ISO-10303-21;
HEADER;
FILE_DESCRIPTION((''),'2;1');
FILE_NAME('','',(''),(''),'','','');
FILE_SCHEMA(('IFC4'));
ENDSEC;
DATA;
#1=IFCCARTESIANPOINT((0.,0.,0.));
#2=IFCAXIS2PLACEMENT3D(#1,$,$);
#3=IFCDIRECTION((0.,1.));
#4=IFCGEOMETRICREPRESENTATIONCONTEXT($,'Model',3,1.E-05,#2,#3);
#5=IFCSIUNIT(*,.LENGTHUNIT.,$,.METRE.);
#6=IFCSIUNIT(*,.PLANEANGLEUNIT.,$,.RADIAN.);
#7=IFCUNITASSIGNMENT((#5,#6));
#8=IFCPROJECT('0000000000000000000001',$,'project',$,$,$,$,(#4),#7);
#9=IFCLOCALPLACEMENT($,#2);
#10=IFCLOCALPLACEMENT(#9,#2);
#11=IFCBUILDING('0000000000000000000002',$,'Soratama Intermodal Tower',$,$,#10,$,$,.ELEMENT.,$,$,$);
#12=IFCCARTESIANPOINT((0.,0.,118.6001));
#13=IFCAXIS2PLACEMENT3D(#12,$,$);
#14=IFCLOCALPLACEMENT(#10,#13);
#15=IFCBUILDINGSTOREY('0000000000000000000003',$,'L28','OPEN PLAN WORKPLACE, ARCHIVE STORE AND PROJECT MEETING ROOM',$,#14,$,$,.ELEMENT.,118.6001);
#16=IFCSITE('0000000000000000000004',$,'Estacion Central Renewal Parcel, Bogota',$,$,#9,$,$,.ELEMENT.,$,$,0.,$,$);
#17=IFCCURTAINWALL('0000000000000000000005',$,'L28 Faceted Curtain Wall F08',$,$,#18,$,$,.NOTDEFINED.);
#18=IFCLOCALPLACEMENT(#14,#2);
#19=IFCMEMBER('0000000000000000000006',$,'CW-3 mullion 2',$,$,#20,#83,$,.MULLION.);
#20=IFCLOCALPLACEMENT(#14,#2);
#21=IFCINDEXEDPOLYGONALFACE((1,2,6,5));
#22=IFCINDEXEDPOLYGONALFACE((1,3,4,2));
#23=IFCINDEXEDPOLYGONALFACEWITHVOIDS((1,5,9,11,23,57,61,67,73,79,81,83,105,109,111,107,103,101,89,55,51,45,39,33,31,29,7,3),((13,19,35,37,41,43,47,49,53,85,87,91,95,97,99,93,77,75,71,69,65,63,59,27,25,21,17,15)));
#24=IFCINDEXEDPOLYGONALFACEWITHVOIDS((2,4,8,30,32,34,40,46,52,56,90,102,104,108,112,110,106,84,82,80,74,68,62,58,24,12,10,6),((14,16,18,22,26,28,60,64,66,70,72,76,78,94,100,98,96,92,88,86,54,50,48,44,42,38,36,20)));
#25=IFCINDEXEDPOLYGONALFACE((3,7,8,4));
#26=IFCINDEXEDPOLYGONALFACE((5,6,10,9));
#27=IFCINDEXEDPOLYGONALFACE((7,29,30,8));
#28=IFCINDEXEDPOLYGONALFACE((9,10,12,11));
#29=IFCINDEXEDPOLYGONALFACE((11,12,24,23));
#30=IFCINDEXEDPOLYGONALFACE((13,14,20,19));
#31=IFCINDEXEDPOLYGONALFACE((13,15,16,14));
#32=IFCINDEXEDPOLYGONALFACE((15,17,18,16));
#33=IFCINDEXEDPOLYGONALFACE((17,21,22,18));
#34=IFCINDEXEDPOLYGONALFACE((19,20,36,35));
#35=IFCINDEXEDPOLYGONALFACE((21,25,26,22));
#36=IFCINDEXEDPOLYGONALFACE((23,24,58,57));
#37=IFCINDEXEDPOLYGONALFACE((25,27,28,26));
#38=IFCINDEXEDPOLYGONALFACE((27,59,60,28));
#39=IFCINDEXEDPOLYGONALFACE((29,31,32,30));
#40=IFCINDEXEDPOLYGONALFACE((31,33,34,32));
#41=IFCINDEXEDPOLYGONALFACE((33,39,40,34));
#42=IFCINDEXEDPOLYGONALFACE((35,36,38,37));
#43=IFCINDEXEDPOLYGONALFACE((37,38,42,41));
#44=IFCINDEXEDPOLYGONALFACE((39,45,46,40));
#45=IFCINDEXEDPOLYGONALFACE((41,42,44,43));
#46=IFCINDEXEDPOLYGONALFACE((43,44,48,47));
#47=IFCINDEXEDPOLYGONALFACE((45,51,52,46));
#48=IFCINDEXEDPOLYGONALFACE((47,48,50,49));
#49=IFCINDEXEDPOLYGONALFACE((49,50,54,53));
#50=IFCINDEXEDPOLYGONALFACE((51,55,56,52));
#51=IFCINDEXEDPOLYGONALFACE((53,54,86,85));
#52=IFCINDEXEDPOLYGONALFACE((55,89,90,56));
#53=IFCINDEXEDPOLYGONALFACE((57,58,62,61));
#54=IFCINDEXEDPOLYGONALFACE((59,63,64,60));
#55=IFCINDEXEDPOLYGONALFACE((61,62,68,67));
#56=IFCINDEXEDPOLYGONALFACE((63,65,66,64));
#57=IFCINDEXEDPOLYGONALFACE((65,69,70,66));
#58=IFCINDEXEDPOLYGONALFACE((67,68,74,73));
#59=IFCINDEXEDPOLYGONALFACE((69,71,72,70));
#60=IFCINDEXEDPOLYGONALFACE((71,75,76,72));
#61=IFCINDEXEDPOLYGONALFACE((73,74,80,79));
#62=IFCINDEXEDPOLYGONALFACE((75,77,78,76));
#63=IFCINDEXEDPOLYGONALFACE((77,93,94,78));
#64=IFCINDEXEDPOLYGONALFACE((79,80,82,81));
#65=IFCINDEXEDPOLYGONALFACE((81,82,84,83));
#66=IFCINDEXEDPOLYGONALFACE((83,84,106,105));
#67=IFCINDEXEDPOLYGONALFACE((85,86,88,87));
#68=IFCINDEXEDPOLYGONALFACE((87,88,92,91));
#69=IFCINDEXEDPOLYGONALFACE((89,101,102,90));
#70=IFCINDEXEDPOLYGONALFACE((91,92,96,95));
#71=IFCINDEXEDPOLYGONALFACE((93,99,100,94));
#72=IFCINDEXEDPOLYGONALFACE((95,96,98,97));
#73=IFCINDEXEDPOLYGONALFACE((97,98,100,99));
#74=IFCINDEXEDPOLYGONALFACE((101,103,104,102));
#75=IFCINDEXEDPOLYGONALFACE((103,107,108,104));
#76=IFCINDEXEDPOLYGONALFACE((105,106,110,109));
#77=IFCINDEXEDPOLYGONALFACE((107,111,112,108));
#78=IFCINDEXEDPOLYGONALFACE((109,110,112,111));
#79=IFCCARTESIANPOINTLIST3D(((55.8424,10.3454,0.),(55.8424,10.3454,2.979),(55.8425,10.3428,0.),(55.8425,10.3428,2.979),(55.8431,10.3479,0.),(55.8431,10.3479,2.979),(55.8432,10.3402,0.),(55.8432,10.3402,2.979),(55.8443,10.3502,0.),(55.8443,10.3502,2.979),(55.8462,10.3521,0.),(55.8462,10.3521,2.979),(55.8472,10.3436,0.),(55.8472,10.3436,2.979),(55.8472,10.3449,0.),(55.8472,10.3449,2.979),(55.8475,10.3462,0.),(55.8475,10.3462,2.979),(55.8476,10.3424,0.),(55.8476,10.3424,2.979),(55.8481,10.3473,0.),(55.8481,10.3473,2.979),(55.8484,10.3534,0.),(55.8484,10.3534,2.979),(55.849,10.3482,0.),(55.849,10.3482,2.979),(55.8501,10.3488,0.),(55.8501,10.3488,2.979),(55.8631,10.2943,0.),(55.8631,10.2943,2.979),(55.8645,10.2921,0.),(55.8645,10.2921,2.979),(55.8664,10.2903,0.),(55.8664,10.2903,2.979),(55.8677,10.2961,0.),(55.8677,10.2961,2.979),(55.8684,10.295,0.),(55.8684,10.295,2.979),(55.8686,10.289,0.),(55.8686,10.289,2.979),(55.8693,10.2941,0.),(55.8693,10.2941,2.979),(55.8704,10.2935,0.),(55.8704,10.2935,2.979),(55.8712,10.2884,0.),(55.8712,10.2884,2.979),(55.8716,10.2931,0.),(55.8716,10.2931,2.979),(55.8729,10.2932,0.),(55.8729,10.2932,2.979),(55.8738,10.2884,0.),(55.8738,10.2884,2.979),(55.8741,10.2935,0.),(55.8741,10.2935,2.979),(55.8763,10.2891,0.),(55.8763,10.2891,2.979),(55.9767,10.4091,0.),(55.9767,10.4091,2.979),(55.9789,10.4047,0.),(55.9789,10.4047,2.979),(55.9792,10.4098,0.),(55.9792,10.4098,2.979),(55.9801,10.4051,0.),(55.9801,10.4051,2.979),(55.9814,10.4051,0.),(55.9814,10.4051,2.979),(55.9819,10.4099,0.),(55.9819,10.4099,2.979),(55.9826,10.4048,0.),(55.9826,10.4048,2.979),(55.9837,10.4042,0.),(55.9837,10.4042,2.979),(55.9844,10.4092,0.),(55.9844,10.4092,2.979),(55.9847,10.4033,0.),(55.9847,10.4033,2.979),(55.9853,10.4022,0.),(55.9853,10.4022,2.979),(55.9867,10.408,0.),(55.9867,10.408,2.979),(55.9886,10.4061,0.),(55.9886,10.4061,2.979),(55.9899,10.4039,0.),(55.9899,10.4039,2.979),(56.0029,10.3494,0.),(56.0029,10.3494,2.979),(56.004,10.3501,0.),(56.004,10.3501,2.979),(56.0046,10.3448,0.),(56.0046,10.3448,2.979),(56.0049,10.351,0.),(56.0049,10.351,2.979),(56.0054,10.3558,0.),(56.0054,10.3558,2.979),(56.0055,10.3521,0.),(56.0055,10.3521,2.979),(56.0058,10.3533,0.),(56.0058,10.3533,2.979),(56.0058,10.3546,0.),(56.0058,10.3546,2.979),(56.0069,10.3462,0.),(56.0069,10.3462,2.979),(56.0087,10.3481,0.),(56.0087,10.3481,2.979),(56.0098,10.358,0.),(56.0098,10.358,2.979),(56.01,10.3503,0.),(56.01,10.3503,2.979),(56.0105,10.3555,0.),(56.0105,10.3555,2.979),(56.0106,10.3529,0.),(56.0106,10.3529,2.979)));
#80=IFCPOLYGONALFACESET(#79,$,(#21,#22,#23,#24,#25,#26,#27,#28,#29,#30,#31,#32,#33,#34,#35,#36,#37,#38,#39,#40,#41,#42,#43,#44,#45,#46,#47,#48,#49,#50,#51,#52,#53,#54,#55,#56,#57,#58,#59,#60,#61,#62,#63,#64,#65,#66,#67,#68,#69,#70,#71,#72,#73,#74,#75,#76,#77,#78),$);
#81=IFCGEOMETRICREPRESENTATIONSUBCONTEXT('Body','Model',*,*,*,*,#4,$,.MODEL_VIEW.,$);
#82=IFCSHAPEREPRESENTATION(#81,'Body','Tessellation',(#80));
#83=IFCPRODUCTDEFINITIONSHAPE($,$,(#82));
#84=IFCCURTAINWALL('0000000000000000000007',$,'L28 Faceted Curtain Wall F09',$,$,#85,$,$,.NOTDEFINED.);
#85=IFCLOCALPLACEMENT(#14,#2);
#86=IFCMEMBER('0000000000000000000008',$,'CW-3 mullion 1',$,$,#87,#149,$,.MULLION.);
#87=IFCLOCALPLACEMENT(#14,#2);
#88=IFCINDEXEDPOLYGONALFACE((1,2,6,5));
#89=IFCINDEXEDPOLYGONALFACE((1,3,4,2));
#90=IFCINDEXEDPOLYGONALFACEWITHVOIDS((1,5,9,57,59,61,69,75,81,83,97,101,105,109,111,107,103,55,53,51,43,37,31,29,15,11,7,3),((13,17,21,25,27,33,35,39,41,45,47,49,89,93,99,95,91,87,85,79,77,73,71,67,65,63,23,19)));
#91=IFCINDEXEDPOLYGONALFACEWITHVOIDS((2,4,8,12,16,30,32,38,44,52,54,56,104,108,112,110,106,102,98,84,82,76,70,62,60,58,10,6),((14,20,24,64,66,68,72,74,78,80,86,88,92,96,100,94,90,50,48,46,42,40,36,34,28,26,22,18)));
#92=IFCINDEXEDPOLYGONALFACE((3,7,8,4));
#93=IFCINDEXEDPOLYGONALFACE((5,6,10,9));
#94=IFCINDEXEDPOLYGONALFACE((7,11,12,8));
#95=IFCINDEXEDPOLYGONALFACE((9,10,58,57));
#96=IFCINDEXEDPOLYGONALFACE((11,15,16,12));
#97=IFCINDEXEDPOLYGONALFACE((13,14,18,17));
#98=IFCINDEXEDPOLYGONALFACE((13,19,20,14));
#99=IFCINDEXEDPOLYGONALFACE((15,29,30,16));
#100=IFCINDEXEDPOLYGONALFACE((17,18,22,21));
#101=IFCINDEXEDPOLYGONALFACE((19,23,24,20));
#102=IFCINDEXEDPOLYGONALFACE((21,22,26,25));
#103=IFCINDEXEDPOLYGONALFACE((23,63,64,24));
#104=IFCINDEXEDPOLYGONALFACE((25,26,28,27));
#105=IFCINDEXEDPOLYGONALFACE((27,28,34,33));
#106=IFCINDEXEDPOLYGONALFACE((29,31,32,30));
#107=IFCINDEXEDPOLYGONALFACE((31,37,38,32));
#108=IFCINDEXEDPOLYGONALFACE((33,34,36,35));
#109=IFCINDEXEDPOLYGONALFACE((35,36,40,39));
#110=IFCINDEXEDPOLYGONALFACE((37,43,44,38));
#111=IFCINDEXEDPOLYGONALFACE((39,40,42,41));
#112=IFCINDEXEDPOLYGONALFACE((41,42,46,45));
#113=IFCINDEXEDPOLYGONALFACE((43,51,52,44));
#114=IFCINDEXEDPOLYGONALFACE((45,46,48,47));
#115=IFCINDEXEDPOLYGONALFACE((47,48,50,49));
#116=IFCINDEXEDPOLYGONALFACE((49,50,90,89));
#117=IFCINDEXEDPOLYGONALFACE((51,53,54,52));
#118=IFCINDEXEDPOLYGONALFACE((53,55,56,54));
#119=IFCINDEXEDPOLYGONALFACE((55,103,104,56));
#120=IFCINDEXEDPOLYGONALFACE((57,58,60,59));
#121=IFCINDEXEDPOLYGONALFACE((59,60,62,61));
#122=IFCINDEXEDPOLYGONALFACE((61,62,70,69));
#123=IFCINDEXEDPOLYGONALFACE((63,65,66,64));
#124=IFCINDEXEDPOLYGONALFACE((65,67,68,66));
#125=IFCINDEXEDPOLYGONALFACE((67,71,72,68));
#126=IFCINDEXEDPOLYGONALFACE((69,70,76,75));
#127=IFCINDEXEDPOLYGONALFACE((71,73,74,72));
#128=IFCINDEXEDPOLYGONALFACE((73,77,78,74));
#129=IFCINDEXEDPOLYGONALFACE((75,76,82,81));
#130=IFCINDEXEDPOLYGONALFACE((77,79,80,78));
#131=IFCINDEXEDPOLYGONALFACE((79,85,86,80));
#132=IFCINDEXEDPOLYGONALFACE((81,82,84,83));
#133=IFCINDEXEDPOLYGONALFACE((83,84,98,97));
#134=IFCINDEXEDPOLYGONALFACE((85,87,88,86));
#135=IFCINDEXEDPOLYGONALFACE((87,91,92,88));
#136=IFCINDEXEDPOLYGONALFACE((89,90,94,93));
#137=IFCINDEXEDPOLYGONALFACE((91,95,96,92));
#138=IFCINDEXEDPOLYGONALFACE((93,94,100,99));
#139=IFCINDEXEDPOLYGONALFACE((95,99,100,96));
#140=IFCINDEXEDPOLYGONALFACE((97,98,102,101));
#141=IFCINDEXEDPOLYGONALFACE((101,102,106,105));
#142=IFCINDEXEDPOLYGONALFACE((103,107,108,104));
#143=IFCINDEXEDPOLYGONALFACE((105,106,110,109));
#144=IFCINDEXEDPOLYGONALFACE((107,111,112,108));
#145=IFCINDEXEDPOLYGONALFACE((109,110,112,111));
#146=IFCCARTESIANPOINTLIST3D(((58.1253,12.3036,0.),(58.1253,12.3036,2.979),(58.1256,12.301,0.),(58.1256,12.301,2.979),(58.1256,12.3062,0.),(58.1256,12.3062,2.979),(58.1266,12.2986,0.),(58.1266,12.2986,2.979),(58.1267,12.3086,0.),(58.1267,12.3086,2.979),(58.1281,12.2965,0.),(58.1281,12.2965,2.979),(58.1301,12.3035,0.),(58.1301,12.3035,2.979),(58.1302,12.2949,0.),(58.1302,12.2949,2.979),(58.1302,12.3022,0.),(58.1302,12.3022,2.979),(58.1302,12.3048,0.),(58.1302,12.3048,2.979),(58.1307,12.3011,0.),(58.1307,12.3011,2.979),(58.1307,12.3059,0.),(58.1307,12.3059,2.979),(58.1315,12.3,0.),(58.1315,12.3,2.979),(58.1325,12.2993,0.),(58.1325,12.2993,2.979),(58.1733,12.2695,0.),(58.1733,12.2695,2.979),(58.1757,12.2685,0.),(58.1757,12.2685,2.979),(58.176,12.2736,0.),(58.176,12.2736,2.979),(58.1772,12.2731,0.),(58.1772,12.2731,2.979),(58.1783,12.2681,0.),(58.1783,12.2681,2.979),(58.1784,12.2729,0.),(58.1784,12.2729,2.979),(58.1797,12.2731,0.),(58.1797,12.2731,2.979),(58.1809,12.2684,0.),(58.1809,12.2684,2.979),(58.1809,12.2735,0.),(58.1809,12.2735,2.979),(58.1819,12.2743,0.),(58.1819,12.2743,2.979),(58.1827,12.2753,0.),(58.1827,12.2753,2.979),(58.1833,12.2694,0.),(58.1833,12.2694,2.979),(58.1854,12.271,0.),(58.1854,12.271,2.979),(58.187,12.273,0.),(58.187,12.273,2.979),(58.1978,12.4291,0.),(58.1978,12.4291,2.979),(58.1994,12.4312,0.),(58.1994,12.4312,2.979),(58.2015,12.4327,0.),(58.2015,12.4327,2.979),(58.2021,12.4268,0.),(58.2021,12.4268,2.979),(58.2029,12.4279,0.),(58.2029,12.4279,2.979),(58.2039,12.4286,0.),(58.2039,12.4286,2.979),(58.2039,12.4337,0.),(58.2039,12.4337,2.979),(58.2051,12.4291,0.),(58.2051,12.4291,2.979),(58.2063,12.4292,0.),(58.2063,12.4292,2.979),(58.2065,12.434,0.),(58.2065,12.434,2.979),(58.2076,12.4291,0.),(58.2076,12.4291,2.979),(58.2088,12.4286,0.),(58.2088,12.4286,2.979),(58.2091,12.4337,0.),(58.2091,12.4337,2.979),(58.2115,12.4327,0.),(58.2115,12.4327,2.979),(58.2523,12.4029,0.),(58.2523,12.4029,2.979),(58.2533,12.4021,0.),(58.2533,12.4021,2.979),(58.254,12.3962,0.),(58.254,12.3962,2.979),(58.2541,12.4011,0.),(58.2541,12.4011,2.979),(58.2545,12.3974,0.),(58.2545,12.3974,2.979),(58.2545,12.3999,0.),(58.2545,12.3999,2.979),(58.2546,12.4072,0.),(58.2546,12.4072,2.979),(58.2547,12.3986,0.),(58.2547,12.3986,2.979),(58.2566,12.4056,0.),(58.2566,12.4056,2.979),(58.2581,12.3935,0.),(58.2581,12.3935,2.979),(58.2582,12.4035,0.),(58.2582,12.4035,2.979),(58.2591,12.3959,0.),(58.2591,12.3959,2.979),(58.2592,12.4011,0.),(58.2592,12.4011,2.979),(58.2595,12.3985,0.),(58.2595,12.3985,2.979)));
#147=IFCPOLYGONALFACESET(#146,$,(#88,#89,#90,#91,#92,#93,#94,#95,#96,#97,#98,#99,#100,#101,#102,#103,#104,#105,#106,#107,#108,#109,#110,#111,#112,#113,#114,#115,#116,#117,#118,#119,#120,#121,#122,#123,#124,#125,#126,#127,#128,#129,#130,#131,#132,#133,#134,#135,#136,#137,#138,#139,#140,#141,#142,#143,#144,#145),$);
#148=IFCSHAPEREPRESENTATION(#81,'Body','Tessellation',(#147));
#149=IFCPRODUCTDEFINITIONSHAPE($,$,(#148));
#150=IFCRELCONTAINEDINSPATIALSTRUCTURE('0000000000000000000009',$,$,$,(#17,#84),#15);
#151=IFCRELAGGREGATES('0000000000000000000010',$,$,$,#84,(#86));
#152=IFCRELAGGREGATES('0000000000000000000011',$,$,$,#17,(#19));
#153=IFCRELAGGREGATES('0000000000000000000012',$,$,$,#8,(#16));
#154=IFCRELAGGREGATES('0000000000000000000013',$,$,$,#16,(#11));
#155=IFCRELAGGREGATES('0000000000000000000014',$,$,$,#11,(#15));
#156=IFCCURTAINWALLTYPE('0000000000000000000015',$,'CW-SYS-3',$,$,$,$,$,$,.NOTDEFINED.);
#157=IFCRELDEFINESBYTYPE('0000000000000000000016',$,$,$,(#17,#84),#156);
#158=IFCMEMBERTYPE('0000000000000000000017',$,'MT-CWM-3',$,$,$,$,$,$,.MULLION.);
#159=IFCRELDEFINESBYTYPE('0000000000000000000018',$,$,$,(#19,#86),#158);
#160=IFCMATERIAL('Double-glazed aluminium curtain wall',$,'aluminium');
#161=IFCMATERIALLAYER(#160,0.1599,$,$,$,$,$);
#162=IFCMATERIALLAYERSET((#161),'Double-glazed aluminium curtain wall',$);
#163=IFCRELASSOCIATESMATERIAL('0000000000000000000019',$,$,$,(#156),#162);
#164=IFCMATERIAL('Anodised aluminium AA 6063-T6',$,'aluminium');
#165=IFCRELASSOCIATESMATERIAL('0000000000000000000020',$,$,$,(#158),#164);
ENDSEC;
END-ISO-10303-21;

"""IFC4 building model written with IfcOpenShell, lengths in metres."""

from ifc_helpers import new_model, si_unit, direction, frame, origin, origin_2d, place, context, subcontext, project, spatial, hollow_rectangle, extrude, material, layer, layer_set, material_profile, profile_set, type_object, element, aggregate, save


model = new_model("IFC4")

# Units and contexts
model_context = context("Model", 3, precision=1e-05, world=origin(), true_north=direction((0.0, 1.0)))
body_context = subcontext(model_context, "Body", "Model", "MODEL_VIEW")
ifc_project = project(units=[si_unit("LENGTHUNIT", "METRE"), si_unit("PLANEANGLEUNIT", "RADIAN")], contexts=[model_context])

# Site, building, storey
site_placement = place(None, origin())
site = spatial("IfcSite", under=ifc_project, at=site_placement, Name="Estacion Central Renewal Parcel, Bogota", CompositionType="ELEMENT", RefElevation=0.0)
building_placement = place(site_placement, origin())
building = spatial("IfcBuilding", under=site, at=building_placement, Name="Soratama Intermodal Tower", CompositionType="ELEMENT")
storey_placement = place(building_placement, frame((0.0, 0.0, 118.6001)))
storey = spatial("IfcBuildingStorey", under=building, at=storey_placement, Name="L28", Description="OPEN PLAN WORKPLACE, ARCHIVE STORE AND PROJECT MEETING ROOM", CompositionType="ELEMENT", Elevation=118.6001)

# Curtain wall, member
ifc_material_1 = material(Name="Double-glazed aluminium curtain wall", Category="aluminium")
ifc_layer_1 = layer(ifc_material_1, 0.1599)
ifc_layer_set_1 = layer_set([ifc_layer_1], Name="Double-glazed aluminium curtain wall")
curtain_wall_type = type_object("IfcCurtainWallType", Name="CW-SYS-3", PredefinedType="NOTDEFINED", material=ifc_layer_set_1)
curtain_wall_1_placement = place(storey_placement, origin())
curtain_wall_1 = element("IfcCurtainWall", 1, at=curtain_wall_1_placement, inside=storey, type_object=curtain_wall_type, Name="L28 Faceted Curtain Wall F08", PredefinedType="NOTDEFINED")
ifc_material_2 = material(Name="Anodised aluminium AA 6063-T6", Category="aluminium")
ifc_material_profile_1 = material_profile(ifc_material_2, hollow_rectangle(XDim=0.0701, YDim=0.1599, WallThickness=0.0049, InnerFilletRadius=0.0049, OuterFilletRadius=0.01, at=origin_2d()), Name="CWM160X70X5")
ifc_profile_set_1 = profile_set([ifc_material_profile_1], Name="Anodised aluminium AA 6063-T6")
member_type_1 = type_object("IfcMemberType", Name="MT-CWM-3", PredefinedType="MULLION", material=ifc_profile_set_1)
member_1_placement = place(storey_placement, frame((55.9265, 10.3491, 0.0), z_axis=(0.0, 0.0, 1.0), x_axis=(-0.398104, 0.91734, 0.0)))
member_1 = element("IfcMember", 2, at=member_1_placement, type_object=member_type_1, Name="CW-3 mullion 2", PredefinedType="MULLION", context=body_context, shape_type="SweptSolid", body=[
    extrude(hollow_rectangle(XDim=0.0701, YDim=0.1599, WallThickness=0.0049, InnerFilletRadius=0.0049, OuterFilletRadius=0.01, at=origin_2d()), origin(), (0.0, 0.0, 1.0), 2.979),
])

# Curtain wall, member
curtain_wall_2_placement = place(storey_placement, origin())
curtain_wall_2 = element("IfcCurtainWall", 3, at=curtain_wall_2_placement, inside=storey, type_object=curtain_wall_type, Name="L28 Faceted Curtain Wall F09", PredefinedType="NOTDEFINED")
member_2_placement = place(storey_placement, frame((58.1924, 12.3511, 0.0), z_axis=(0.0, 0.0, 1.0), x_axis=(-0.86127, 0.508147, 0.0)))
member_2 = element("IfcMember", 4, at=member_2_placement, type_object=member_type_1, Name="CW-3 mullion 1", PredefinedType="MULLION", context=body_context, shape_type="SweptSolid", body=[
    extrude(hollow_rectangle(XDim=0.0701, YDim=0.1599, WallThickness=0.0049, InnerFilletRadius=0.0049, OuterFilletRadius=0.01, at=origin_2d()), origin(), (0.0, 0.0, 1.0), 2.979),
])
aggregate(curtain_wall_2, [member_2])

aggregate(curtain_wall_1, [member_1])

save(model, "model.ifc")
